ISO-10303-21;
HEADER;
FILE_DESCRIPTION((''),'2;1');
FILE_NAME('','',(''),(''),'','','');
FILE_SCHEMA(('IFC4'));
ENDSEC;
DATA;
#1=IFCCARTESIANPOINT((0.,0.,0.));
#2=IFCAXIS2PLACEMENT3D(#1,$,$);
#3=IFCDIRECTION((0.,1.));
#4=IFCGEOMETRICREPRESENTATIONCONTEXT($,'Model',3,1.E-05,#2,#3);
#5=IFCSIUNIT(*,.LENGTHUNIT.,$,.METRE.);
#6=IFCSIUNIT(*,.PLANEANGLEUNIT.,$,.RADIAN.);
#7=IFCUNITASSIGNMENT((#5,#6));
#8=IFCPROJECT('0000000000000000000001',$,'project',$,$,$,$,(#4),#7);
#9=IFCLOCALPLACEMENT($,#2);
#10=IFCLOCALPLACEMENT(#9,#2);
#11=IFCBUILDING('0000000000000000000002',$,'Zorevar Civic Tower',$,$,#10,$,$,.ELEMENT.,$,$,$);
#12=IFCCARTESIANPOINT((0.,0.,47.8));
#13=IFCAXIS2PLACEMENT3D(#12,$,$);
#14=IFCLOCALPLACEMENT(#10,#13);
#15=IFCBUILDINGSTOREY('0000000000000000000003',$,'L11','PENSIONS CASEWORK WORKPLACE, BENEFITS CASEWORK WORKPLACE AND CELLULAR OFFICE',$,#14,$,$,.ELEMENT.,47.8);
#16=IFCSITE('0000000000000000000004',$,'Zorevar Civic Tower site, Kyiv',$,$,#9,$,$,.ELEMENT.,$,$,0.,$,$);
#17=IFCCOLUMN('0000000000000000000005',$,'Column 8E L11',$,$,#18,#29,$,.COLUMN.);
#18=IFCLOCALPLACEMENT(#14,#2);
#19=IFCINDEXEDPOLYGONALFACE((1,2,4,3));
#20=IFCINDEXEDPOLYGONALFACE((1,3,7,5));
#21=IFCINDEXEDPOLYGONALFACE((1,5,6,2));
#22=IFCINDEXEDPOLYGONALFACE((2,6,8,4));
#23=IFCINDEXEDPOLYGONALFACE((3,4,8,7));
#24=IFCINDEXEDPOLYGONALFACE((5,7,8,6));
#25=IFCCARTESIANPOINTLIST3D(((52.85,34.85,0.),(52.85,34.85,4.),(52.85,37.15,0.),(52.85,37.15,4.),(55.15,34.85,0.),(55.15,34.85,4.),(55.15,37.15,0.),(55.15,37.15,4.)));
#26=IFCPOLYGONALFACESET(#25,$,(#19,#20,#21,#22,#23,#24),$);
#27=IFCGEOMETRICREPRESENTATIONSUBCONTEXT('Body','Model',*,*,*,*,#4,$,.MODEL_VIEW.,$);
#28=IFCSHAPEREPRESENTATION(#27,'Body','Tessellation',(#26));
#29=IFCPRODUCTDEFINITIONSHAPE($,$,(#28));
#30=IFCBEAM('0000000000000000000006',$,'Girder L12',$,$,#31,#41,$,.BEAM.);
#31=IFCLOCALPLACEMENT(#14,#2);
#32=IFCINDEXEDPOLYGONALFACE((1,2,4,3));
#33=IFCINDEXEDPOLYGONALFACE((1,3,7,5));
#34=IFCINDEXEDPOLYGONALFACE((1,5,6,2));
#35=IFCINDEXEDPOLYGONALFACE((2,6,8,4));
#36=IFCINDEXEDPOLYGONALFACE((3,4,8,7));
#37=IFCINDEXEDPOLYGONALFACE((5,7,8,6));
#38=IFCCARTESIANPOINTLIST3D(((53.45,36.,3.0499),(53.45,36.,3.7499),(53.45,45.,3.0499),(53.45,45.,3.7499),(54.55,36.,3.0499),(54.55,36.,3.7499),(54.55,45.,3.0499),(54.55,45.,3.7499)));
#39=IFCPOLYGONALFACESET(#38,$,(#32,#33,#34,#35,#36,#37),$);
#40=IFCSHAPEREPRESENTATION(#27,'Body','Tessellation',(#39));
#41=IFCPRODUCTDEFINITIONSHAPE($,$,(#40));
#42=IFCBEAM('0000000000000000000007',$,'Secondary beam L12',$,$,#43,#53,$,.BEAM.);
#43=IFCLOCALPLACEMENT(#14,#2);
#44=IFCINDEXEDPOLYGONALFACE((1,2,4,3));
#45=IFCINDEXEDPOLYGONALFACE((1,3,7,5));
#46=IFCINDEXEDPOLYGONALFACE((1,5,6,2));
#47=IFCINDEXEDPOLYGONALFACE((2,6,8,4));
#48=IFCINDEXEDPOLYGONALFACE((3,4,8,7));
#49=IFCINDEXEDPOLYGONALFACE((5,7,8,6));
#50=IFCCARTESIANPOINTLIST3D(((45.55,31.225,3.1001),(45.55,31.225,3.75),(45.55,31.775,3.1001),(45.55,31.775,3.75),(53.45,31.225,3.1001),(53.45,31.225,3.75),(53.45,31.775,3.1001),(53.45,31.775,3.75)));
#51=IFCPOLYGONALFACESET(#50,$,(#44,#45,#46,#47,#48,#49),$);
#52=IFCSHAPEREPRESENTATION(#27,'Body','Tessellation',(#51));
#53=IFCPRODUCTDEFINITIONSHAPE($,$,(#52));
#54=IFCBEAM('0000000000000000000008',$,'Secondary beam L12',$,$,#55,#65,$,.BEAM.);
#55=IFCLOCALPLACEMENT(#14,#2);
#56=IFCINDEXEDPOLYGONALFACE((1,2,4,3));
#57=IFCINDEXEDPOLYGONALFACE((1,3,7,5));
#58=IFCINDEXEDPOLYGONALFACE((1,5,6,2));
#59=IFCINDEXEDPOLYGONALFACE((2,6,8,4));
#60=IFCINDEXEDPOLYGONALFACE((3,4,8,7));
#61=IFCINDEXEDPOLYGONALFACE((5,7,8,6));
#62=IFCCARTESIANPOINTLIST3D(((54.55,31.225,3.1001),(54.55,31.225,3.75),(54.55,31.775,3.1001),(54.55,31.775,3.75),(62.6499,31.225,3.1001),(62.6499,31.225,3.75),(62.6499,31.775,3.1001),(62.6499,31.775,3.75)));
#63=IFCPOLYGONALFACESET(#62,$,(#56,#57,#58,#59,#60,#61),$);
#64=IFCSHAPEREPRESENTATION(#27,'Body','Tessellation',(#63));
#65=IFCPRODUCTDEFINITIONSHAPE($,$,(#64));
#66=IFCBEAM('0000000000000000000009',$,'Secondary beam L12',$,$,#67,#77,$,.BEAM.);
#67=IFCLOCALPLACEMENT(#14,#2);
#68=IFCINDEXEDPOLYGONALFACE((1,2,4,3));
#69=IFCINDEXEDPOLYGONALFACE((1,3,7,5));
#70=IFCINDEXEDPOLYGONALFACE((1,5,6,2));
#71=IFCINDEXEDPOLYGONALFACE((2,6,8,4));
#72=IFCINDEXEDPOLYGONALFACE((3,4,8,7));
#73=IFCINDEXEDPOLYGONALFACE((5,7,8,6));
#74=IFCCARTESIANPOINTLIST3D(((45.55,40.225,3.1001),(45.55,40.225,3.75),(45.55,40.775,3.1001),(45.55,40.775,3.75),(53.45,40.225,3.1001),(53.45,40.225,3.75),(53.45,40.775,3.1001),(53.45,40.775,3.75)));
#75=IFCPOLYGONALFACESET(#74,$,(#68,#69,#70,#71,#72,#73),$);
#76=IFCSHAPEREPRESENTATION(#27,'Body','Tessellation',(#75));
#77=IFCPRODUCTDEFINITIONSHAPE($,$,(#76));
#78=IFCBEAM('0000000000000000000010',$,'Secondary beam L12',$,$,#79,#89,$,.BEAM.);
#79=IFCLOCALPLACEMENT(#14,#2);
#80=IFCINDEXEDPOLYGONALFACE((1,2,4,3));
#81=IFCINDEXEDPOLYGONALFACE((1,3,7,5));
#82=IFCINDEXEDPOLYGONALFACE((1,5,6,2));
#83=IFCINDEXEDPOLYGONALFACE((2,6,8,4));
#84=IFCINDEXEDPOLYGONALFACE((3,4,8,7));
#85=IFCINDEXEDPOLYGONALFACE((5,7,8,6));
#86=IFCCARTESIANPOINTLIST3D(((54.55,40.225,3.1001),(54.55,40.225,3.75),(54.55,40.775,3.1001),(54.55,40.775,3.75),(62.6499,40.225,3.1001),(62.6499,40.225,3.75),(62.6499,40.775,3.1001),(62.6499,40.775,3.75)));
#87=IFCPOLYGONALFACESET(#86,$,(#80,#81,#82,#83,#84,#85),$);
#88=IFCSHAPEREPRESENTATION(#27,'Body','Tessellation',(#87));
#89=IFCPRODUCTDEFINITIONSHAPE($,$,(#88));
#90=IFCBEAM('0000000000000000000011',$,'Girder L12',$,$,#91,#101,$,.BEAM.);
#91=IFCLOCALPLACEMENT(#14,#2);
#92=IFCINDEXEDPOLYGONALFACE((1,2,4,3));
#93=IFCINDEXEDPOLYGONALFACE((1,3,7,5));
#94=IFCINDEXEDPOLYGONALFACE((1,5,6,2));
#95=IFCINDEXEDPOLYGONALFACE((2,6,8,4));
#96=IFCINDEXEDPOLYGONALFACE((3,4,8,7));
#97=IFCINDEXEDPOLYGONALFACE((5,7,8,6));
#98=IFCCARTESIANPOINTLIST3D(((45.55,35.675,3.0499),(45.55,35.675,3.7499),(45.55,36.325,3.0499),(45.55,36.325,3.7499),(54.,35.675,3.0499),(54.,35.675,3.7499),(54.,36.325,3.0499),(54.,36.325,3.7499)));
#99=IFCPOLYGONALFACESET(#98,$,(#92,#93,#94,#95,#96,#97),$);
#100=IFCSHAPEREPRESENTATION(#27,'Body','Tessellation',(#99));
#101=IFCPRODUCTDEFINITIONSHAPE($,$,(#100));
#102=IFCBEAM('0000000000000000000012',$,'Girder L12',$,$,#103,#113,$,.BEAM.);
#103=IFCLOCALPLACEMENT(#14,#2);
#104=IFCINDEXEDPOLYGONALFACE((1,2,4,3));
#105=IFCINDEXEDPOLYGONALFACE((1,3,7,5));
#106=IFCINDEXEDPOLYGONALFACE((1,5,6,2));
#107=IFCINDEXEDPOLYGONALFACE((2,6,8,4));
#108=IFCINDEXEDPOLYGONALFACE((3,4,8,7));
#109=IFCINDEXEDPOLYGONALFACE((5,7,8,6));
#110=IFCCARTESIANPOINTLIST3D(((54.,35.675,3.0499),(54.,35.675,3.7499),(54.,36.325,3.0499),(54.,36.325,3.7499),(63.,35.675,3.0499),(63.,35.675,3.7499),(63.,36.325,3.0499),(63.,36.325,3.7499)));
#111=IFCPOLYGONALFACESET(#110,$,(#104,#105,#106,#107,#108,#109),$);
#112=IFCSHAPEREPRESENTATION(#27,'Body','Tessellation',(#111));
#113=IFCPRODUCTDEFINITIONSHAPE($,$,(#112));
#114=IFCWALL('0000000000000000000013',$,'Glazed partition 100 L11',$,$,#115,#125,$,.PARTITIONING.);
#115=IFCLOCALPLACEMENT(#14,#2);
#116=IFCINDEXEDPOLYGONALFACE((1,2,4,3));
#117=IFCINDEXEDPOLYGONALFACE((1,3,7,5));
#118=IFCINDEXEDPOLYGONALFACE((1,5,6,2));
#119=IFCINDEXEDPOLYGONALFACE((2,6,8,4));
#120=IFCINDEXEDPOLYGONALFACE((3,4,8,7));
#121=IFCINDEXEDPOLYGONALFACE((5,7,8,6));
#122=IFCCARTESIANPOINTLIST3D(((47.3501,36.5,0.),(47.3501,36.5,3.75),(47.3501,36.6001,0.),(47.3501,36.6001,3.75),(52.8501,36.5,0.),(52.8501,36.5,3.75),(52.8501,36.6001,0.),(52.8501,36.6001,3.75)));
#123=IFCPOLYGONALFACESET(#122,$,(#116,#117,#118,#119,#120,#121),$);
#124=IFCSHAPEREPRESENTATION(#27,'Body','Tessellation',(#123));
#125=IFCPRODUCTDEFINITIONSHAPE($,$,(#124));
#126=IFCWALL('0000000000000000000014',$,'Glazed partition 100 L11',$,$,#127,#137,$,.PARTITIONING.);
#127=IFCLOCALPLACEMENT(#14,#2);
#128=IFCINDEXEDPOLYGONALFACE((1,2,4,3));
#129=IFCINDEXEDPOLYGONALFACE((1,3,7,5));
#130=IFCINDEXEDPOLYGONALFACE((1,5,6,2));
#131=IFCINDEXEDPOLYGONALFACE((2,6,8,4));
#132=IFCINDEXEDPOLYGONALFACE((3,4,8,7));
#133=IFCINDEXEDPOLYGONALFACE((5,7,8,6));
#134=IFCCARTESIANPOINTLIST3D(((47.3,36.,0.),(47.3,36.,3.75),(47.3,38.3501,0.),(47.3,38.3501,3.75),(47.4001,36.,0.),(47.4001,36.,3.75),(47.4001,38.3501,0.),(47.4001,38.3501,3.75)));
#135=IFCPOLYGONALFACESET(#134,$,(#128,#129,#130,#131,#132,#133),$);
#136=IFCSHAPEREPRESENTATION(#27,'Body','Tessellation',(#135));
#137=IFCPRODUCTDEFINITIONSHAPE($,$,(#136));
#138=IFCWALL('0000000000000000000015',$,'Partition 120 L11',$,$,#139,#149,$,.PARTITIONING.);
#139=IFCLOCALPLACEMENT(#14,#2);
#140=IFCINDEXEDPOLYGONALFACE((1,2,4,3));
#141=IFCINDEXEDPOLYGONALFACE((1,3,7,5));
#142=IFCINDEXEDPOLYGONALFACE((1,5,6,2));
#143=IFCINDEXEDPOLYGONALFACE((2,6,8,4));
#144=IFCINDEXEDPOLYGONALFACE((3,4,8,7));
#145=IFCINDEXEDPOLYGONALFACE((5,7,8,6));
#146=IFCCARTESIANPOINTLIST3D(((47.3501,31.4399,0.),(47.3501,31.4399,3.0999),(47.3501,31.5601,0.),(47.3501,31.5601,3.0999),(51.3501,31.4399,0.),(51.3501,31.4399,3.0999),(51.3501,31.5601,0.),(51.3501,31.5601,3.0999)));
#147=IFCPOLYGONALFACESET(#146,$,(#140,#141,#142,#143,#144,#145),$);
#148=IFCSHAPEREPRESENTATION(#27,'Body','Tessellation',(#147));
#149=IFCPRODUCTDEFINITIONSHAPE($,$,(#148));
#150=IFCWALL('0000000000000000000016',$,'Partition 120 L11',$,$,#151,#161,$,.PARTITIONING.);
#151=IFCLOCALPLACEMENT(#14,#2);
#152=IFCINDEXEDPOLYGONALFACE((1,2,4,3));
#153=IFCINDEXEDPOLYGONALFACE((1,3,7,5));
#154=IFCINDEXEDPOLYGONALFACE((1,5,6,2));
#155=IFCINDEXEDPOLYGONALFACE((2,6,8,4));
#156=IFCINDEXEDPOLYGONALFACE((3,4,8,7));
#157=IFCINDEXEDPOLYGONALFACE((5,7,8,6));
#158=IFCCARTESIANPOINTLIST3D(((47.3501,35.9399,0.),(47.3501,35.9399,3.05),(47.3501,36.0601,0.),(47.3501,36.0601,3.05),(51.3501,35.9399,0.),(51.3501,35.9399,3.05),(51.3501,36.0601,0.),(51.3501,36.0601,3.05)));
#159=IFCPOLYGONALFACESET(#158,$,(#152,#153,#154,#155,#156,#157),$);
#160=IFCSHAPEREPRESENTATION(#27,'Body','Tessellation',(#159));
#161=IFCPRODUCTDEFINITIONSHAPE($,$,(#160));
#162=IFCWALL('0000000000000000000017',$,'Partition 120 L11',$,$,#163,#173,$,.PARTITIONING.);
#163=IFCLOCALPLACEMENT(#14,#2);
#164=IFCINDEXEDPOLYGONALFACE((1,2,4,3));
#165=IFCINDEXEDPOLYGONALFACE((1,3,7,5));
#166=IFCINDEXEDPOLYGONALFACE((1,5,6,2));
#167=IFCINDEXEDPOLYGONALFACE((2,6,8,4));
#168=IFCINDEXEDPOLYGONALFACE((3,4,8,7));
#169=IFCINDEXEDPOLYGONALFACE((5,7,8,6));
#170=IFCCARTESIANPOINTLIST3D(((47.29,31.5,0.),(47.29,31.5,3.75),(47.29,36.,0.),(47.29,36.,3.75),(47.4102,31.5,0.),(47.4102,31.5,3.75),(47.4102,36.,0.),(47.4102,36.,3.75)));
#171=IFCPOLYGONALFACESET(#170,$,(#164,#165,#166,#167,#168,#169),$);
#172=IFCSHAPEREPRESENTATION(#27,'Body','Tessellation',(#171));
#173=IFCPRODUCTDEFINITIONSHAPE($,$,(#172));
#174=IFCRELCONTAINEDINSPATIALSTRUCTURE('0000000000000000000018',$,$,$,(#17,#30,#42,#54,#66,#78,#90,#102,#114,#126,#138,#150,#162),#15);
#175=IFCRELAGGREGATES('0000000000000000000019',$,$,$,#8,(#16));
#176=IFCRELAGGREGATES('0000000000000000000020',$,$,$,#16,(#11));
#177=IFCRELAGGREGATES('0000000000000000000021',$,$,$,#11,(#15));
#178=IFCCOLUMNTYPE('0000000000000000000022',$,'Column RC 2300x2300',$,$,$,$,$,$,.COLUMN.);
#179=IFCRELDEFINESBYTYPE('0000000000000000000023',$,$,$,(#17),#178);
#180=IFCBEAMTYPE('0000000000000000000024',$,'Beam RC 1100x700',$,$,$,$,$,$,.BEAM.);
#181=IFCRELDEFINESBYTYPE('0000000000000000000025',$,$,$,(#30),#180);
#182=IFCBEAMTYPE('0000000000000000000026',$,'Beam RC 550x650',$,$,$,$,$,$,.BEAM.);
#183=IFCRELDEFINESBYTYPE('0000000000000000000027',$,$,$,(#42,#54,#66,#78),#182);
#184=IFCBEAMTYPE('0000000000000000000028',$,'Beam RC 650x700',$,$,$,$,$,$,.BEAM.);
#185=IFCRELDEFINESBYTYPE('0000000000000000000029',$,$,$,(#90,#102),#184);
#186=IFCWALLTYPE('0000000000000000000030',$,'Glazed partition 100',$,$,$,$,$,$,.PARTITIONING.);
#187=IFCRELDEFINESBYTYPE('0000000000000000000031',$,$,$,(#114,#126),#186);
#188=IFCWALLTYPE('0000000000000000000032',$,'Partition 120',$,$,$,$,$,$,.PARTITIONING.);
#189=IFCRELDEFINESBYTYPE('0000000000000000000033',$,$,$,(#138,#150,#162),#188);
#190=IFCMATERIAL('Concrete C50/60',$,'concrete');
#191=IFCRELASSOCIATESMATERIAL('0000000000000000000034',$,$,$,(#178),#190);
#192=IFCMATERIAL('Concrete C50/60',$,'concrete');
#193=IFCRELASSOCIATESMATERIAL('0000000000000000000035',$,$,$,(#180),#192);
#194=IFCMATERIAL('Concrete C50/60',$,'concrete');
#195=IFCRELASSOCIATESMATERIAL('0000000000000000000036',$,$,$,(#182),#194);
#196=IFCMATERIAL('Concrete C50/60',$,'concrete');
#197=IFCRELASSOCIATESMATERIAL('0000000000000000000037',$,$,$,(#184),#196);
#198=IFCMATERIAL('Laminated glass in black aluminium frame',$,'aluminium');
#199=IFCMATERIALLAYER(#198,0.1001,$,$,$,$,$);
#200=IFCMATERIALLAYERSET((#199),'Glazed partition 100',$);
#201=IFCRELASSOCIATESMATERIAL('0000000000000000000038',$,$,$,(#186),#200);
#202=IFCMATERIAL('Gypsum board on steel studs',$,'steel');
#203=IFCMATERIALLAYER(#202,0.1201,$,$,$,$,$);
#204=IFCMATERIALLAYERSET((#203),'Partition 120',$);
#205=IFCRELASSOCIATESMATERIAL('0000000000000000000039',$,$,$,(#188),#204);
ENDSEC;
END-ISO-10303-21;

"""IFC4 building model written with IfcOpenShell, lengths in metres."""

from ifc_helpers import new_model, si_unit, direction, frame, frame_2d, origin, origin_2d, place, context, subcontext, project, spatial, rectangle, extrude, material, layer, layer_set, material_profile, profile_set, type_object, element, save


model = new_model("IFC4")

# Units and contexts
model_context = context("Model", 3, precision=1e-05, world=origin(), true_north=direction((0.0, 1.0)))
body_context = subcontext(model_context, "Body", "Model", "MODEL_VIEW")
ifc_project = project(units=[si_unit("LENGTHUNIT", "METRE"), si_unit("PLANEANGLEUNIT", "RADIAN")], contexts=[model_context])

# Site, building, storey
site_placement = place(None, origin())
site = spatial("IfcSite", under=ifc_project, at=site_placement, Name="Zorevar Civic Tower site, Kyiv", CompositionType="ELEMENT", RefElevation=0.0)
building_placement = place(site_placement, origin())
building = spatial("IfcBuilding", under=site, at=building_placement, Name="Zorevar Civic Tower", CompositionType="ELEMENT")
storey_placement = place(building_placement, frame((0.0, 0.0, 47.8)))
storey = spatial("IfcBuildingStorey", under=building, at=storey_placement, Name="L11", Description="PENSIONS CASEWORK WORKPLACE, BENEFITS CASEWORK WORKPLACE AND CELLULAR OFFICE", CompositionType="ELEMENT", Elevation=47.8)

# Column
ifc_material_1 = material(Name="Concrete C50/60", Category="concrete")
ifc_material_profile_1 = material_profile(ifc_material_1, rectangle(XDim=2.3, YDim=2.3, at=origin_2d()), Name="RC 2300x2300")
ifc_profile_set_1 = profile_set([ifc_material_profile_1], Name="Concrete C50/60")
column_type = type_object("IfcColumnType", Name="Column RC 2300x2300", PredefinedType="COLUMN", material=ifc_profile_set_1)
column_placement = place(storey_placement, frame((54.0, 36.0, 0.0), z_axis=(0.0, 0.0, 1.0), x_axis=(1.0, 0.0, 0.0)))
element("IfcColumn", 1, at=column_placement, inside=storey, type_object=column_type, Name="Column 8E L11", PredefinedType="COLUMN", context=body_context, shape_type="SweptSolid", body=[
    extrude(rectangle(XDim=2.3, YDim=2.3, at=origin_2d()), origin(), (0.0, 0.0, 1.0), 4.0),
])

# Beams
ifc_material_2 = material(Name="Concrete C50/60", Category="concrete")
ifc_material_profile_2 = material_profile(ifc_material_2, rectangle(XDim=1.1001, YDim=0.7, at=origin_2d()), Name="RC 1100x700")
ifc_profile_set_2 = profile_set([ifc_material_profile_2], Name="Concrete C50/60")
beam_type_1 = type_object("IfcBeamType", Name="Beam RC 1100x700", PredefinedType="BEAM", material=ifc_profile_set_2)
beam_1_placement = place(storey_placement, frame((54.0, 36.0, 3.3999), z_axis=(0.0, 1.0, 0.0), x_axis=(-1.0, 0.0, 0.0)))
element("IfcBeam", 2, at=beam_1_placement, inside=storey, type_object=beam_type_1, Name="Girder L12", PredefinedType="BEAM", context=body_context, shape_type="SweptSolid", body=[
    extrude(rectangle(XDim=1.1001, YDim=0.7, at=origin_2d()), origin(), (0.0, 0.0, 1.0), 9.0),
])
ifc_material_3 = material(Name="Concrete C50/60", Category="concrete")
ifc_material_profile_3 = material_profile(ifc_material_3, rectangle(XDim=0.55, YDim=0.6499, at=origin_2d()), Name="RC 550x650")
ifc_profile_set_3 = profile_set([ifc_material_profile_3], Name="Concrete C50/60")
beam_type_2 = type_object("IfcBeamType", Name="Beam RC 550x650", PredefinedType="BEAM", material=ifc_profile_set_3)
beam_2_placement = place(storey_placement, frame((45.55, 31.5, 3.425), z_axis=(1.0, 0.0, 0.0), x_axis=(0.0, 1.0, 0.0)))
element("IfcBeam", 3, at=beam_2_placement, inside=storey, type_object=beam_type_2, Name="Secondary beam L12", PredefinedType="BEAM", context=body_context, shape_type="SweptSolid", body=[
    extrude(rectangle(XDim=0.55, YDim=0.6499, at=origin_2d()), origin(), (0.0, 0.0, 1.0), 7.8999),
])
beam_3_placement = place(storey_placement, frame((54.55, 31.5, 3.425), z_axis=(1.0, 0.0, 0.0), x_axis=(0.0, 1.0, 0.0)))
element("IfcBeam", 4, at=beam_3_placement, inside=storey, type_object=beam_type_2, Name="Secondary beam L12", PredefinedType="BEAM", context=body_context, shape_type="SweptSolid", body=[
    extrude(rectangle(XDim=0.55, YDim=0.6499, at=origin_2d()), origin(), (0.0, 0.0, 1.0), 8.0999),
])
beam_4_placement = place(storey_placement, frame((45.55, 40.5, 3.425), z_axis=(1.0, 0.0, 0.0), x_axis=(0.0, 1.0, 0.0)))
element("IfcBeam", 5, at=beam_4_placement, inside=storey, type_object=beam_type_2, Name="Secondary beam L12", PredefinedType="BEAM", context=body_context, shape_type="SweptSolid", body=[
    extrude(rectangle(XDim=0.55, YDim=0.6499, at=origin_2d()), origin(), (0.0, 0.0, 1.0), 7.8999),
])
beam_5_placement = place(storey_placement, frame((54.55, 40.5, 3.425), z_axis=(1.0, 0.0, 0.0), x_axis=(0.0, 1.0, 0.0)))
element("IfcBeam", 6, at=beam_5_placement, inside=storey, type_object=beam_type_2, Name="Secondary beam L12", PredefinedType="BEAM", context=body_context, shape_type="SweptSolid", body=[
    extrude(rectangle(XDim=0.55, YDim=0.6499, at=origin_2d()), origin(), (0.0, 0.0, 1.0), 8.0999),
])
ifc_material_4 = material(Name="Concrete C50/60", Category="concrete")
ifc_material_profile_4 = material_profile(ifc_material_4, rectangle(XDim=0.6499, YDim=0.7, at=origin_2d()), Name="RC 650x700")
ifc_profile_set_4 = profile_set([ifc_material_profile_4], Name="Concrete C50/60")
beam_type_3 = type_object("IfcBeamType", Name="Beam RC 650x700", PredefinedType="BEAM", material=ifc_profile_set_4)
beam_6_placement = place(storey_placement, frame((45.55, 36.0, 3.3999), z_axis=(1.0, 0.0, 0.0), x_axis=(0.0, 1.0, 0.0)))
element("IfcBeam", 7, at=beam_6_placement, inside=storey, type_object=beam_type_3, Name="Girder L12", PredefinedType="BEAM", context=body_context, shape_type="SweptSolid", body=[
    extrude(rectangle(XDim=0.6499, YDim=0.7, at=origin_2d()), origin(), (0.0, 0.0, 1.0), 8.45),
])
beam_7_placement = place(storey_placement, frame((54.0, 36.0, 3.3999), z_axis=(1.0, 0.0, 0.0), x_axis=(0.0, 1.0, 0.0)))
element("IfcBeam", 8, at=beam_7_placement, inside=storey, type_object=beam_type_3, Name="Girder L12", PredefinedType="BEAM", context=body_context, shape_type="SweptSolid", body=[
    extrude(rectangle(XDim=0.6499, YDim=0.7, at=origin_2d()), origin(), (0.0, 0.0, 1.0), 9.0),
])

# Walls
ifc_material_5 = material(Name="Laminated glass in black aluminium frame", Category="aluminium")
ifc_layer_1 = layer(ifc_material_5, 0.1001)
ifc_layer_set_1 = layer_set([ifc_layer_1], Name="Glazed partition 100")
wall_type_1 = type_object("IfcWallType", Name="Glazed partition 100", PredefinedType="PARTITIONING", material=ifc_layer_set_1)
wall_1_placement = place(storey_placement, frame((47.3501, 36.55, 0.0), z_axis=(0.0, 0.0, 1.0), x_axis=(1.0, 0.0, 0.0)))
element("IfcWall", 9, at=wall_1_placement, inside=storey, type_object=wall_type_1, Name="Glazed partition 100 L11", PredefinedType="PARTITIONING", context=body_context, shape_type="SweptSolid", body=[
    extrude(rectangle(XDim=5.5, YDim=0.1001, at=frame_2d((2.75, 0.0))), origin(), (0.0, 0.0, 1.0), 3.75),
])
wall_2_placement = place(storey_placement, frame((47.3501, 36.0, 0.0), z_axis=(0.0, 0.0, 1.0), x_axis=(0.0, 1.0, 0.0)))
element("IfcWall", 10, at=wall_2_placement, inside=storey, type_object=wall_type_1, Name="Glazed partition 100 L11", PredefinedType="PARTITIONING", context=body_context, shape_type="SweptSolid", body=[
    extrude(rectangle(XDim=2.3501, YDim=0.1001, at=frame_2d((1.175, 0.0))), origin(), (0.0, 0.0, 1.0), 3.75),
])
ifc_material_6 = material(Name="Gypsum board on steel studs", Category="steel")
ifc_layer_2 = layer(ifc_material_6, 0.1201)
ifc_layer_set_2 = layer_set([ifc_layer_2], Name="Partition 120")
wall_type_2 = type_object("IfcWallType", Name="Partition 120", PredefinedType="PARTITIONING", material=ifc_layer_set_2)
wall_3_placement = place(storey_placement, frame((47.3501, 31.5, 0.0), z_axis=(0.0, 0.0, 1.0), x_axis=(1.0, 0.0, 0.0)))
element("IfcWall", 11, at=wall_3_placement, inside=storey, type_object=wall_type_2, Name="Partition 120 L11", PredefinedType="PARTITIONING", context=body_context, shape_type="SweptSolid", body=[
    extrude(rectangle(XDim=4.0, YDim=0.1201, at=frame_2d((2.0, 0.0))), origin(), (0.0, 0.0, 1.0), 3.0999),
])
wall_4_placement = place(storey_placement, frame((47.3501, 36.0, 0.0), z_axis=(0.0, 0.0, 1.0), x_axis=(1.0, 0.0, 0.0)))
element("IfcWall", 12, at=wall_4_placement, inside=storey, type_object=wall_type_2, Name="Partition 120 L11", PredefinedType="PARTITIONING", context=body_context, shape_type="SweptSolid", body=[
    extrude(rectangle(XDim=4.0, YDim=0.1201, at=frame_2d((2.0, 0.0))), origin(), (0.0, 0.0, 1.0), 3.05),
])
wall_5_placement = place(storey_placement, frame((47.3501, 31.5, 0.0), z_axis=(0.0, 0.0, 1.0), x_axis=(0.0, 1.0, 0.0)))
element("IfcWall", 13, at=wall_5_placement, inside=storey, type_object=wall_type_2, Name="Partition 120 L11", PredefinedType="PARTITIONING", context=body_context, shape_type="SweptSolid", body=[
    extrude(rectangle(XDim=4.5, YDim=0.1201, at=frame_2d((2.25, 0.0))), origin(), (0.0, 0.0, 1.0), 3.75),
])

save(model, "model.ifc")
